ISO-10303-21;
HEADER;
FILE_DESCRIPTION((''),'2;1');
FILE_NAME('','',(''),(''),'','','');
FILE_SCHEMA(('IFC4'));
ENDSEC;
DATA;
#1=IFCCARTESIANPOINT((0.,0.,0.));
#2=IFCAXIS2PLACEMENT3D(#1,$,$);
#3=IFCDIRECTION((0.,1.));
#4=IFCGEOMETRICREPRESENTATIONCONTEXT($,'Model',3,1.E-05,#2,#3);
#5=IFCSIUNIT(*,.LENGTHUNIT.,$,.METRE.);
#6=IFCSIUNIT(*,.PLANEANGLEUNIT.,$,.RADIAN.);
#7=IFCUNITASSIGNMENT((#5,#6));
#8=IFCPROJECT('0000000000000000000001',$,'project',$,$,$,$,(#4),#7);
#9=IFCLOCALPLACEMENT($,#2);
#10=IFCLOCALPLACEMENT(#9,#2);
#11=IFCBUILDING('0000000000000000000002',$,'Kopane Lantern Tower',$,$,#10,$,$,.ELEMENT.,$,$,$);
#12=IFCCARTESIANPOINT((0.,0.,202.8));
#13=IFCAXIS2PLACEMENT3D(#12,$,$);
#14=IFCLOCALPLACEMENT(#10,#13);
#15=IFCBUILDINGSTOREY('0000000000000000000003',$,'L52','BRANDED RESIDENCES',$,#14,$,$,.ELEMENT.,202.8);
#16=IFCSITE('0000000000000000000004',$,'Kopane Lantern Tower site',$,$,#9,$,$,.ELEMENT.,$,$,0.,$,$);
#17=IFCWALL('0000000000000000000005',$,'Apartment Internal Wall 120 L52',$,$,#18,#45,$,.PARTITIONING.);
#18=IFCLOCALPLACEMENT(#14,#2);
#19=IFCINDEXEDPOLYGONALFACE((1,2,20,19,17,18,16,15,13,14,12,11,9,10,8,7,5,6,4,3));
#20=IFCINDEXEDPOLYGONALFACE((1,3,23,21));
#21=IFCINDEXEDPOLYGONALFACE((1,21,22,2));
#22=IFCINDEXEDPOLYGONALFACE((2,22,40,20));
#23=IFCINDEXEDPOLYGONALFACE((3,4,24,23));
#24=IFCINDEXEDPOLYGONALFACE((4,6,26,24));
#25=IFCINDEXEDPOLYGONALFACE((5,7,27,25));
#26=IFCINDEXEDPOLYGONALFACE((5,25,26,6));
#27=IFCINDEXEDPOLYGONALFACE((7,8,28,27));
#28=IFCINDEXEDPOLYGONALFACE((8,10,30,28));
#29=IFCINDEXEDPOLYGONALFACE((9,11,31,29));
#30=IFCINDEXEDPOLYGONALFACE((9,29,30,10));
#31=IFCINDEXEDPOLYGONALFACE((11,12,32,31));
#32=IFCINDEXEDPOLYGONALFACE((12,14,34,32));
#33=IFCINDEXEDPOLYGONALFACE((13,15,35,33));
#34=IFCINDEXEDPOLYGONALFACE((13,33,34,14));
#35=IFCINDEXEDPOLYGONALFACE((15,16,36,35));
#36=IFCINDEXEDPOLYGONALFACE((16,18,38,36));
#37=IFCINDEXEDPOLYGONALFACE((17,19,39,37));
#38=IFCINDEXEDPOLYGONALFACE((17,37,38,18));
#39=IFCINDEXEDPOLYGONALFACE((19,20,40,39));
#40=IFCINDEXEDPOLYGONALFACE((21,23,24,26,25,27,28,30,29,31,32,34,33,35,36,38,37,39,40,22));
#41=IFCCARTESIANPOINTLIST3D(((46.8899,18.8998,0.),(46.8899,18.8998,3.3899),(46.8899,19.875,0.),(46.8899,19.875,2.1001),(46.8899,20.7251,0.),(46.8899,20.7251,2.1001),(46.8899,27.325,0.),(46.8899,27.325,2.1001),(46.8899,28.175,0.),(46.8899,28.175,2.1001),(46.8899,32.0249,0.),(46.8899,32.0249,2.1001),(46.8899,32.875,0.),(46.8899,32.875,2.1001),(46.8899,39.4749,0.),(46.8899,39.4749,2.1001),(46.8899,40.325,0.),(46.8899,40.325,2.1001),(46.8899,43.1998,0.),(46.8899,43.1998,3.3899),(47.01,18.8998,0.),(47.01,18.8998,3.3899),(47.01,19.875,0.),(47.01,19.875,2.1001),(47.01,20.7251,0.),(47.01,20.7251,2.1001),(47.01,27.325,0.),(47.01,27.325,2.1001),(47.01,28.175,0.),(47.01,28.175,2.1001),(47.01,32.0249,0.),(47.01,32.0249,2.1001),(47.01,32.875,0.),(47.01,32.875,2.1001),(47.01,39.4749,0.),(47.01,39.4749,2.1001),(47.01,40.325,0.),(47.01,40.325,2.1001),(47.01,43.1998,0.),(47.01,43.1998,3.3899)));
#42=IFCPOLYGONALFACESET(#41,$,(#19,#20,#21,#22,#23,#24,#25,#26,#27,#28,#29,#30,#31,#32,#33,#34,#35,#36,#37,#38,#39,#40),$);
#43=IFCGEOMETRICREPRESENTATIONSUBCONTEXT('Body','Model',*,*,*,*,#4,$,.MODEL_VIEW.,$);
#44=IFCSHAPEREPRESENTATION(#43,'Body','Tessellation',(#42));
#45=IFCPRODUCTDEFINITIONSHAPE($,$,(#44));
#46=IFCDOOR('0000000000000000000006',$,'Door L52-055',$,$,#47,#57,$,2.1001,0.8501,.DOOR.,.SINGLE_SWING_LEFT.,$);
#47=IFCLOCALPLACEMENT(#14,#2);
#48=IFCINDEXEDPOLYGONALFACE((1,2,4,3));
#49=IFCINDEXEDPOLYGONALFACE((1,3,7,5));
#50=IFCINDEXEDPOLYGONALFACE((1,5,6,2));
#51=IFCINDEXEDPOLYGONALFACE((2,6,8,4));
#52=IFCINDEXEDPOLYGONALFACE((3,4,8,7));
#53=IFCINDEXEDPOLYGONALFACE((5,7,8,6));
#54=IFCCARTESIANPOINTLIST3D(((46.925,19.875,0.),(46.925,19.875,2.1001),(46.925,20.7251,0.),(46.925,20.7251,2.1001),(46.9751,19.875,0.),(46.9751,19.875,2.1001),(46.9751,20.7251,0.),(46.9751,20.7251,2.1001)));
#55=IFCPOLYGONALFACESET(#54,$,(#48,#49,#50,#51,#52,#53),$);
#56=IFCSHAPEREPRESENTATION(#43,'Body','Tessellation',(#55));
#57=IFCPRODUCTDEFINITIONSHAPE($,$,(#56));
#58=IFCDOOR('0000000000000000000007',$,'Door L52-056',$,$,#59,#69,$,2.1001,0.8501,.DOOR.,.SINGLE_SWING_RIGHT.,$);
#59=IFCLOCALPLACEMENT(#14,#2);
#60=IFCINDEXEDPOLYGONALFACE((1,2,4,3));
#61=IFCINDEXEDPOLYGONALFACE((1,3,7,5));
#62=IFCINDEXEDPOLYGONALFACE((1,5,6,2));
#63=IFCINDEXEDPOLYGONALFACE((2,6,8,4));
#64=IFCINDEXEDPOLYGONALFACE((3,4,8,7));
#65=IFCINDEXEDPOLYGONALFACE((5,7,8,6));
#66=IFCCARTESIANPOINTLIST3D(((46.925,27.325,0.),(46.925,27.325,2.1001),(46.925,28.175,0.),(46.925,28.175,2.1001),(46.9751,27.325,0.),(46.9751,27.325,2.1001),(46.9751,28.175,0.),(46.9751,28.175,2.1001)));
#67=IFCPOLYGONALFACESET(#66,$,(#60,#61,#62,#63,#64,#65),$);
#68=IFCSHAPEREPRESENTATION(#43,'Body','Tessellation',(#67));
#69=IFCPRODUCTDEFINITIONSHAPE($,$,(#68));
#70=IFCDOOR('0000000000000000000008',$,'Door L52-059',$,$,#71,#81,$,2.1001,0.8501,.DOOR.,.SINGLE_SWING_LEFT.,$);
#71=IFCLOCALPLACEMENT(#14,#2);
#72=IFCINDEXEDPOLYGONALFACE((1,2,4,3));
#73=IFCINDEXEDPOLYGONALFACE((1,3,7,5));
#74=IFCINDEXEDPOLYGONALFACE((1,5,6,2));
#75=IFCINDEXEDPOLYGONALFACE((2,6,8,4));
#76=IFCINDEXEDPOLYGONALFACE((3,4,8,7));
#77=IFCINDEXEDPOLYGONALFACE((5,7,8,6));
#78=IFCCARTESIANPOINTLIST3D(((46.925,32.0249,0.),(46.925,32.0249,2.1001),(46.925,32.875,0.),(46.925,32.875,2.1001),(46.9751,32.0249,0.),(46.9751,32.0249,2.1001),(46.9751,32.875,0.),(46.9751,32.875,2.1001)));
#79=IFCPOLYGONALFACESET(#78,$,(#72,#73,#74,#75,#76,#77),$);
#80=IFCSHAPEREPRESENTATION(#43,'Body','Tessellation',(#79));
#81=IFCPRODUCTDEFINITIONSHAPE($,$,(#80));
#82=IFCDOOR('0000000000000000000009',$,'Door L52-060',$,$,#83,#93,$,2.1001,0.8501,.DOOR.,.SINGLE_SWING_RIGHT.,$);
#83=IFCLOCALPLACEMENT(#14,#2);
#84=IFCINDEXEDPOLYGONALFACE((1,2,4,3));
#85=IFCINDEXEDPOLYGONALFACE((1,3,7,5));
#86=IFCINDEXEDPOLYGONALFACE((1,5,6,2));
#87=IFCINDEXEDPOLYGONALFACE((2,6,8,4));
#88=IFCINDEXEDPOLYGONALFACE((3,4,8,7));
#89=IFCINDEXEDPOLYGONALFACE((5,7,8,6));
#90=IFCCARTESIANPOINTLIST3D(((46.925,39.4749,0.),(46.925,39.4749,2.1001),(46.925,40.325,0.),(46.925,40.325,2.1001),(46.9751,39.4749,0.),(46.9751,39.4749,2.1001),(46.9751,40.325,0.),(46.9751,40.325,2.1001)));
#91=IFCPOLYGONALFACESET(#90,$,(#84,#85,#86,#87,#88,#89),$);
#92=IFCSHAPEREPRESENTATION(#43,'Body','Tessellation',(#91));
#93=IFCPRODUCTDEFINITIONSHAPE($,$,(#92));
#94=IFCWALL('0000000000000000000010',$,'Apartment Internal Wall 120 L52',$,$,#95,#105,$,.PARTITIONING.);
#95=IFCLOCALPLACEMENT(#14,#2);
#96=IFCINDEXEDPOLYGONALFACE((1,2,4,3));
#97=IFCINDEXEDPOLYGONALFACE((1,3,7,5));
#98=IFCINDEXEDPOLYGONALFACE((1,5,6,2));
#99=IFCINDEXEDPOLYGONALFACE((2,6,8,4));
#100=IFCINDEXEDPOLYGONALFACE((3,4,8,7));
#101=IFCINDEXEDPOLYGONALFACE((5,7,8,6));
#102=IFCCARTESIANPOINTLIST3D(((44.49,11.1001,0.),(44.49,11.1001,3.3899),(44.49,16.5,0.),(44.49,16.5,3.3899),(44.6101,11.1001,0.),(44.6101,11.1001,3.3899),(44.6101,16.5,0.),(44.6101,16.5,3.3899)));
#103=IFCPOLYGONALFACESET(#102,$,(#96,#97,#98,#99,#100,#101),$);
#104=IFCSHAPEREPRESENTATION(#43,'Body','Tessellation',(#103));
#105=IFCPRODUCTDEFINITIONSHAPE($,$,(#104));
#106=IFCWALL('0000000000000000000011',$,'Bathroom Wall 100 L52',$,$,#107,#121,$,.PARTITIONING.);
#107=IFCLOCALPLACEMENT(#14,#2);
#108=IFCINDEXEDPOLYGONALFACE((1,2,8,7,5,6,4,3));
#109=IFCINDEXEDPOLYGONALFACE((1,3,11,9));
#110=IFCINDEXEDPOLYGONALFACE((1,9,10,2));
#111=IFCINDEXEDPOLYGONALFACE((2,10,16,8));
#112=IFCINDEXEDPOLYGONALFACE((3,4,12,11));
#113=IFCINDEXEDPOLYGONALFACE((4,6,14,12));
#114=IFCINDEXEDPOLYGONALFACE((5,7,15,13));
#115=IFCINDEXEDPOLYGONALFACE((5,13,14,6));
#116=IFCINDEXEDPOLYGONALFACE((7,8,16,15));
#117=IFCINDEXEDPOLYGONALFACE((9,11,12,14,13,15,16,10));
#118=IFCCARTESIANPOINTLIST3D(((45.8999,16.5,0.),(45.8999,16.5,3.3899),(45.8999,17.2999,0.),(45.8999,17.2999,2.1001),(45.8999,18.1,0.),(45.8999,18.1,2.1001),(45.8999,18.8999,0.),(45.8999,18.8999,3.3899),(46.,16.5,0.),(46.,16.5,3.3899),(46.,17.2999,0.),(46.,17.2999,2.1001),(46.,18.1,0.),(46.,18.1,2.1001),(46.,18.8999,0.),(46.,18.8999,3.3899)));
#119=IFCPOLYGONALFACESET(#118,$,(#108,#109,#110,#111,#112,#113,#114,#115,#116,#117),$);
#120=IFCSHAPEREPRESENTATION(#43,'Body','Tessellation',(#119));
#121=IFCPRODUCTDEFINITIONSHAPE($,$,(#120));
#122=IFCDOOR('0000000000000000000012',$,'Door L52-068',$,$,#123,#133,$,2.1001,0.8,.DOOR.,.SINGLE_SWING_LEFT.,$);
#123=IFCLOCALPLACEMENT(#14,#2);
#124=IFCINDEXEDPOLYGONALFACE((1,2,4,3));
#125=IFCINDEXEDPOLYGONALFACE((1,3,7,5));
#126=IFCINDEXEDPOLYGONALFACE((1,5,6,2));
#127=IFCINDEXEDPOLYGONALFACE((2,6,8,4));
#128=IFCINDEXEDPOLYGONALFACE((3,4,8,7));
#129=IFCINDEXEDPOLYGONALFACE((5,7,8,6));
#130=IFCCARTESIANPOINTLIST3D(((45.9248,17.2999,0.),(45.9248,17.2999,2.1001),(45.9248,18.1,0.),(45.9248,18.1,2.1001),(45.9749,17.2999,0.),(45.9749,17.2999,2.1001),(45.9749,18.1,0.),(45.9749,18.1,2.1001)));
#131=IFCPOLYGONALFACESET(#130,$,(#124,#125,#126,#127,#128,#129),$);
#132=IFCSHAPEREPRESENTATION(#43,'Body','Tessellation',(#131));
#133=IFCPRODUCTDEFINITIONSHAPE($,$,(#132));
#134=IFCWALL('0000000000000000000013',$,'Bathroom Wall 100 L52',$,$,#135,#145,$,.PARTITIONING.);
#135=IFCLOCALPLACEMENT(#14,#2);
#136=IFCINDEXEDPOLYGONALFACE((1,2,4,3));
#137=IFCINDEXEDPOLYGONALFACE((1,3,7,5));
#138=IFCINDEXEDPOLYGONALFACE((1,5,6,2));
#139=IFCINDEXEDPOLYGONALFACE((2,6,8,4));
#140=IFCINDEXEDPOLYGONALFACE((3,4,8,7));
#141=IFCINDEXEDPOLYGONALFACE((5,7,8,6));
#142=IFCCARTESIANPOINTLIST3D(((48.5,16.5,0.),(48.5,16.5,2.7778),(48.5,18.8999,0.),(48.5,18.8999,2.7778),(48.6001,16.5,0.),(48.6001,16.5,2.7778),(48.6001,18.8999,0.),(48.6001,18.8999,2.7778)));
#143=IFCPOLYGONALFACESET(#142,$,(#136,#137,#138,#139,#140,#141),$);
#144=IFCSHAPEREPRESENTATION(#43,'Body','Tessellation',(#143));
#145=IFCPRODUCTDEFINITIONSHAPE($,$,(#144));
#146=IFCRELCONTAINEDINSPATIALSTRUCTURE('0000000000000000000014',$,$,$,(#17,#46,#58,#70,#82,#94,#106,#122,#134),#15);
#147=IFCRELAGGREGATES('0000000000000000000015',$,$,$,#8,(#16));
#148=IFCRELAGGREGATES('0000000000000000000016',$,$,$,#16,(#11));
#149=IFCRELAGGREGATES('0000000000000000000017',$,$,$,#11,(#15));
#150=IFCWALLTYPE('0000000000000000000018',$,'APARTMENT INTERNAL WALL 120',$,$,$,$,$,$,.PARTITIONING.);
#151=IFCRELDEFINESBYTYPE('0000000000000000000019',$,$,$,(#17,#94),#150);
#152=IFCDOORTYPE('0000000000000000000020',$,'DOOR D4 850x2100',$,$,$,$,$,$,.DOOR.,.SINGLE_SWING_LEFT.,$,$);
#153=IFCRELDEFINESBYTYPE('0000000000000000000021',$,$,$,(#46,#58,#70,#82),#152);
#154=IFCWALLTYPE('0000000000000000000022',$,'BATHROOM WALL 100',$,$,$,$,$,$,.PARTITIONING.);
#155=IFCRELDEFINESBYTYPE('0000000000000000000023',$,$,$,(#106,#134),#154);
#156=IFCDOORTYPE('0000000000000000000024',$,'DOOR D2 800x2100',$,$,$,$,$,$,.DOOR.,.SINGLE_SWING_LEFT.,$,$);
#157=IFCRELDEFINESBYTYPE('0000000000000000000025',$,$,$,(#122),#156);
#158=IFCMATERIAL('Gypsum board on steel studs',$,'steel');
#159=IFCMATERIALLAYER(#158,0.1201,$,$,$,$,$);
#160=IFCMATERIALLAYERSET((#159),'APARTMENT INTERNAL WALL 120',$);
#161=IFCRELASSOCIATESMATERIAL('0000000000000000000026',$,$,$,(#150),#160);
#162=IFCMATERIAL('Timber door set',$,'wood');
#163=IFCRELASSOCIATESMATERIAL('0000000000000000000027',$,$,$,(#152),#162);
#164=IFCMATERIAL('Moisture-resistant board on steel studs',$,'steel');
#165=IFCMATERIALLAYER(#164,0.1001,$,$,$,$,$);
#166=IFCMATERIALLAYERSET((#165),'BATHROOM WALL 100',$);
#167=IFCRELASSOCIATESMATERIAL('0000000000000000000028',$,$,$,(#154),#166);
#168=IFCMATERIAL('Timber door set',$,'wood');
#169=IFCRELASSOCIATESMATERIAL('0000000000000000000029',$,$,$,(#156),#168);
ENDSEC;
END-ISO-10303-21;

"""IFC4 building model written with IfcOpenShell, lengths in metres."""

from ifc_helpers import new_model, si_unit, direction, frame, frame_2d, origin, place, context, subcontext, project, spatial, rectangle, extrude, material, layer, layer_set, type_object, element, fill, save


model = new_model("IFC4")

# Units and contexts
model_context = context("Model", 3, precision=1e-05, world=origin(), true_north=direction((0.0, 1.0)))
body_context = subcontext(model_context, "Body", "Model", "MODEL_VIEW")
ifc_project = project(units=[si_unit("LENGTHUNIT", "METRE"), si_unit("PLANEANGLEUNIT", "RADIAN")], contexts=[model_context])

# Site, building, storey
site_placement = place(None, origin())
site = spatial("IfcSite", under=ifc_project, at=site_placement, Name="Kopane Lantern Tower site", CompositionType="ELEMENT", RefElevation=0.0)
building_placement = place(site_placement, origin())
building = spatial("IfcBuilding", under=site, at=building_placement, Name="Kopane Lantern Tower", CompositionType="ELEMENT")
storey_placement = place(building_placement, frame((0.0, 0.0, 202.8)))
storey = spatial("IfcBuildingStorey", under=building, at=storey_placement, Name="L52", Description="BRANDED RESIDENCES", CompositionType="ELEMENT", Elevation=202.8)

# Wall, openings, doors
ifc_material_1 = material(Name="Gypsum board on steel studs", Category="steel")
ifc_layer_1 = layer(ifc_material_1, 0.1201)
ifc_layer_set_1 = layer_set([ifc_layer_1], Name="APARTMENT INTERNAL WALL 120")
wall_type_1 = type_object("IfcWallType", Name="APARTMENT INTERNAL WALL 120", PredefinedType="PARTITIONING", material=ifc_layer_set_1)
wall_1_placement = place(storey_placement, frame((46.95, 18.8999, 0.0), z_axis=(0.0, 0.0, 1.0), x_axis=(0.0, 1.0, 0.0)))
wall_1 = element("IfcWall", 1, at=wall_1_placement, inside=storey, type_object=wall_type_1, Name="Apartment Internal Wall 120 L52", PredefinedType="PARTITIONING", context=body_context, shape_type="SweptSolid", body=[
    extrude(rectangle(XDim=24.3, YDim=0.1201, at=frame_2d((12.1499, 0.0))), origin(), (0.0, 0.0, 1.0), 3.3899),
])
opening_1_placement = place(wall_1_placement, frame((0.9751, 0.0, 0.0)))
opening_1 = element("IfcOpeningElement", 2, at=opening_1_placement, cuts=wall_1, PredefinedType="OPENING", context=body_context, shape_type="SweptSolid", body=[
    extrude(rectangle(XDim=0.8501, YDim=2.1001, at=frame_2d((0.425, 1.05))), frame((0.0, 0.0701, 0.0), z_axis=(0.0, -1.0, 0.0), x_axis=(1.0, 0.0, 0.0)), (0.0, 0.0, 1.0), 0.1401),
])
opening_2_placement = place(wall_1_placement, frame((8.425, 0.0, 0.0)))
opening_2 = element("IfcOpeningElement", 3, at=opening_2_placement, cuts=wall_1, PredefinedType="OPENING", context=body_context, shape_type="SweptSolid", body=[
    extrude(rectangle(XDim=0.8501, YDim=2.1001, at=frame_2d((0.425, 1.05))), frame((0.0, 0.0701, 0.0), z_axis=(0.0, -1.0, 0.0), x_axis=(1.0, 0.0, 0.0)), (0.0, 0.0, 1.0), 0.1401),
])
opening_3_placement = place(wall_1_placement, frame((13.125, 0.0, 0.0)))
opening_3 = element("IfcOpeningElement", 4, at=opening_3_placement, cuts=wall_1, PredefinedType="OPENING", context=body_context, shape_type="SweptSolid", body=[
    extrude(rectangle(XDim=0.8501, YDim=2.1001, at=frame_2d((0.425, 1.05))), frame((0.0, 0.0701, 0.0), z_axis=(0.0, -1.0, 0.0), x_axis=(1.0, 0.0, 0.0)), (0.0, 0.0, 1.0), 0.1401),
])
opening_4_placement = place(wall_1_placement, frame((20.575, 0.0, 0.0)))
opening_4 = element("IfcOpeningElement", 5, at=opening_4_placement, cuts=wall_1, PredefinedType="OPENING", context=body_context, shape_type="SweptSolid", body=[
    extrude(rectangle(XDim=0.8501, YDim=2.1001, at=frame_2d((0.425, 1.05))), frame((0.0, 0.0701, 0.0), z_axis=(0.0, -1.0, 0.0), x_axis=(1.0, 0.0, 0.0)), (0.0, 0.0, 1.0), 0.1401),
])
ifc_material_2 = material(Name="Timber door set", Category="wood")
door_type_1 = type_object("IfcDoorType", Name="DOOR D4 850x2100", OperationType="SINGLE_SWING_LEFT", PredefinedType="DOOR", material=ifc_material_2)
door_1_placement = place(opening_1_placement, origin())
door_1 = element("IfcDoor", 6, at=door_1_placement, inside=storey, type_object=door_type_1, Name="Door L52-055", OperationType="SINGLE_SWING_LEFT", OverallHeight=2.1001, OverallWidth=0.8501, PredefinedType="DOOR", context=body_context, shape_type="SweptSolid", body=[
    extrude(rectangle(XDim=0.8501, YDim=2.1001, at=frame_2d((0.425, 1.05))), frame((0.0, 0.0249, 0.0), z_axis=(0.0, -1.0, 0.0), x_axis=(1.0, 0.0, 0.0)), (0.0, 0.0, 1.0), 0.05),
])
fill(opening_1, door_1)
door_2_placement = place(opening_2_placement, origin())
door_2 = element("IfcDoor", 7, at=door_2_placement, inside=storey, type_object=door_type_1, Name="Door L52-056", OperationType="SINGLE_SWING_RIGHT", OverallHeight=2.1001, OverallWidth=0.8501, PredefinedType="DOOR", context=body_context, shape_type="SweptSolid", body=[
    extrude(rectangle(XDim=0.8501, YDim=2.1001, at=frame_2d((0.425, 1.05))), frame((0.0, 0.0249, 0.0), z_axis=(0.0, -1.0, 0.0), x_axis=(1.0, 0.0, 0.0)), (0.0, 0.0, 1.0), 0.05),
])
fill(opening_2, door_2)
door_3_placement = place(opening_3_placement, origin())
door_3 = element("IfcDoor", 8, at=door_3_placement, inside=storey, type_object=door_type_1, Name="Door L52-059", OperationType="SINGLE_SWING_LEFT", OverallHeight=2.1001, OverallWidth=0.8501, PredefinedType="DOOR", context=body_context, shape_type="SweptSolid", body=[
    extrude(rectangle(XDim=0.8501, YDim=2.1001, at=frame_2d((0.425, 1.05))), frame((0.0, 0.0249, 0.0), z_axis=(0.0, -1.0, 0.0), x_axis=(1.0, 0.0, 0.0)), (0.0, 0.0, 1.0), 0.05),
])
fill(opening_3, door_3)
door_4_placement = place(opening_4_placement, origin())
door_4 = element("IfcDoor", 9, at=door_4_placement, inside=storey, type_object=door_type_1, Name="Door L52-060", OperationType="SINGLE_SWING_RIGHT", OverallHeight=2.1001, OverallWidth=0.8501, PredefinedType="DOOR", context=body_context, shape_type="SweptSolid", body=[
    extrude(rectangle(XDim=0.8501, YDim=2.1001, at=frame_2d((0.425, 1.05))), frame((0.0, 0.0249, 0.0), z_axis=(0.0, -1.0, 0.0), x_axis=(1.0, 0.0, 0.0)), (0.0, 0.0, 1.0), 0.05),
])
fill(opening_4, door_4)

# Wall
wall_2_placement = place(storey_placement, frame((44.55, 16.5, 0.0), z_axis=(0.0, 0.0, 1.0), x_axis=(0.0, -1.0, 0.0)))
element("IfcWall", 10, at=wall_2_placement, inside=storey, type_object=wall_type_1, Name="Apartment Internal Wall 120 L52", PredefinedType="PARTITIONING", context=body_context, shape_type="SweptSolid", body=[
    extrude(rectangle(XDim=5.3999, YDim=0.1201, at=frame_2d((2.7, 0.0))), origin(), (0.0, 0.0, 1.0), 3.3899),
])

# Wall, opening, door
ifc_material_3 = material(Name="Moisture-resistant board on steel studs", Category="steel")
ifc_layer_2 = layer(ifc_material_3, 0.1001)
ifc_layer_set_2 = layer_set([ifc_layer_2], Name="BATHROOM WALL 100")
wall_type_2 = type_object("IfcWallType", Name="BATHROOM WALL 100", PredefinedType="PARTITIONING", material=ifc_layer_set_2)
wall_3_placement = place(storey_placement, frame((45.95, 18.8999, 0.0), z_axis=(0.0, 0.0, 1.0), x_axis=(0.0, -1.0, 0.0)))
wall_3 = element("IfcWall", 11, at=wall_3_placement, inside=storey, type_object=wall_type_2, Name="Bathroom Wall 100 L52", PredefinedType="PARTITIONING", context=body_context, shape_type="SweptSolid", body=[
    extrude(rectangle(XDim=2.3999, YDim=0.1001, at=frame_2d((1.2, 0.0))), origin(), (0.0, 0.0, 1.0), 3.3899),
])
opening_5_placement = place(wall_3_placement, frame((0.8, 0.0, 0.0)))
opening_5 = element("IfcOpeningElement", 12, at=opening_5_placement, cuts=wall_3, PredefinedType="OPENING", context=body_context, shape_type="SweptSolid", body=[
    extrude(rectangle(XDim=0.8, YDim=2.1001, at=frame_2d((0.3999, 1.05))), frame((0.0, 0.0601, 0.0), z_axis=(0.0, -1.0, 0.0), x_axis=(1.0, 0.0, 0.0)), (0.0, 0.0, 1.0), 0.1201),
])
ifc_material_4 = material(Name="Timber door set", Category="wood")
door_type_2 = type_object("IfcDoorType", Name="DOOR D2 800x2100", OperationType="SINGLE_SWING_LEFT", PredefinedType="DOOR", material=ifc_material_4)
door_5_placement = place(opening_5_placement, origin())
door_5 = element("IfcDoor", 13, at=door_5_placement, inside=storey, type_object=door_type_2, Name="Door L52-068", OperationType="SINGLE_SWING_LEFT", OverallHeight=2.1001, OverallWidth=0.8, PredefinedType="DOOR", context=body_context, shape_type="SweptSolid", body=[
    extrude(rectangle(XDim=0.8, YDim=2.1001, at=frame_2d((0.3999, 1.05))), frame((0.0, 0.0249, 0.0), z_axis=(0.0, -1.0, 0.0), x_axis=(1.0, 0.0, 0.0)), (0.0, 0.0, 1.0), 0.05),
])
fill(opening_5, door_5)

# Wall
wall_4_placement = place(storey_placement, frame((48.55, 18.8999, 0.0), z_axis=(0.0, 0.0, 1.0), x_axis=(0.0, -1.0, 0.0)))
element("IfcWall", 14, at=wall_4_placement, inside=storey, type_object=wall_type_2, Name="Bathroom Wall 100 L52", PredefinedType="PARTITIONING", context=body_context, shape_type="SweptSolid", body=[
    extrude(rectangle(XDim=2.3999, YDim=0.1001, at=frame_2d((1.2, 0.0))), origin(), (0.0, 0.0, 1.0), 2.7778),
])

save(model, "model.ifc")
